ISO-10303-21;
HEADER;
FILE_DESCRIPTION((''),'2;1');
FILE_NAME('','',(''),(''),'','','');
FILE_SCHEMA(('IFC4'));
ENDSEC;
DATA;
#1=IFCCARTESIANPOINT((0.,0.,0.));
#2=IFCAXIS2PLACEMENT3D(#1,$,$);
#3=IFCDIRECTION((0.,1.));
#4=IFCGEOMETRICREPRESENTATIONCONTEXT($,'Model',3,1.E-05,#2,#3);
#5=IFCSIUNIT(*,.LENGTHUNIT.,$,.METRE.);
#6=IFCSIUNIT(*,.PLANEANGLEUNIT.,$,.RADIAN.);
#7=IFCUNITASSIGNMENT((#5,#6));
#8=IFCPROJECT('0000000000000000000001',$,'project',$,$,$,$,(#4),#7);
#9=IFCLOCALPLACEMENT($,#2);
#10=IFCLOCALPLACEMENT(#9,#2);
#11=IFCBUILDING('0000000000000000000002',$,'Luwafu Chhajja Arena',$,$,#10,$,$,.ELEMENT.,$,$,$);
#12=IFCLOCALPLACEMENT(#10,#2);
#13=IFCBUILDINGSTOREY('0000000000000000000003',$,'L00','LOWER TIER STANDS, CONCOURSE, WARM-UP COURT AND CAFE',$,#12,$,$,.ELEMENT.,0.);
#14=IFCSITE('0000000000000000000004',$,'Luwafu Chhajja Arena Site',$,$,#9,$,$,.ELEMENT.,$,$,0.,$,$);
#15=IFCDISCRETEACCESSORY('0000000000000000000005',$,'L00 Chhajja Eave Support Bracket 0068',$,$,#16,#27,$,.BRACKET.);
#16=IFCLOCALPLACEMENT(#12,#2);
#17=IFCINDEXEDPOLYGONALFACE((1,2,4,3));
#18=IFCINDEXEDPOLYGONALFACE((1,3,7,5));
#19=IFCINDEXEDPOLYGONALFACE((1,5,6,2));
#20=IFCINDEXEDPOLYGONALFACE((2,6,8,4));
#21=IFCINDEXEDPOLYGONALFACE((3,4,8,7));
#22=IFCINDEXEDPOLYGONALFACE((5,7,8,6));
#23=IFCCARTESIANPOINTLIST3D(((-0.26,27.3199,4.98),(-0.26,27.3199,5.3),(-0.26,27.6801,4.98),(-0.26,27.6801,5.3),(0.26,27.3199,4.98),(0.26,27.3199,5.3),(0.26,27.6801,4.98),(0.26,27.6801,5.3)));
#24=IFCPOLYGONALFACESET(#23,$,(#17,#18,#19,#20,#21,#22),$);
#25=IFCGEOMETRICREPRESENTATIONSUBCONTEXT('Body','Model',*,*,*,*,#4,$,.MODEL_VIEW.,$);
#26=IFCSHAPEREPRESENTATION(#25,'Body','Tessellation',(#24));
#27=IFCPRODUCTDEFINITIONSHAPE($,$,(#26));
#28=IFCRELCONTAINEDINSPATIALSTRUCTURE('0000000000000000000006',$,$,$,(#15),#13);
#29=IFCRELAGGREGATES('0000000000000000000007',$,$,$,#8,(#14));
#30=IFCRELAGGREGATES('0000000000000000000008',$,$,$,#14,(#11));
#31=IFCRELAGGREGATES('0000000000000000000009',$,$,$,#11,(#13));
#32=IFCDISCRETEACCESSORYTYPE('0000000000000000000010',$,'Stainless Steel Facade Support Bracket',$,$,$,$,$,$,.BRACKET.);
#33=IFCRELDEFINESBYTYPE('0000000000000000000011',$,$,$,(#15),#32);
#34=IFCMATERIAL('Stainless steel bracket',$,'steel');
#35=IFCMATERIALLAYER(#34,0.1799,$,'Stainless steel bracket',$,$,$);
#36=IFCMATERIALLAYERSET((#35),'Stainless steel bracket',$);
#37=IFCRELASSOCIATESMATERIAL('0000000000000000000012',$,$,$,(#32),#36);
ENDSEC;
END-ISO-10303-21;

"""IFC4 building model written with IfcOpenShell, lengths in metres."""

from ifc_helpers import new_model, si_unit, direction, frame, origin, origin_2d, place, context, subcontext, project, spatial, rectangle, extrude, material, layer, layer_set, type_object, element, save


model = new_model("IFC4")

# Units and contexts
model_context = context("Model", 3, precision=1e-05, world=origin(), true_north=direction((0.0, 1.0)))
body_context = subcontext(model_context, "Body", "Model", "MODEL_VIEW")
ifc_project = project(units=[si_unit("LENGTHUNIT", "METRE"), si_unit("PLANEANGLEUNIT", "RADIAN")], contexts=[model_context])

# Site, building, storey
site_placement = place(None, origin())
site = spatial("IfcSite", under=ifc_project, at=site_placement, Name="Luwafu Chhajja Arena Site", CompositionType="ELEMENT", RefElevation=0.0)
building_placement = place(site_placement, origin())
building = spatial("IfcBuilding", under=site, at=building_placement, Name="Luwafu Chhajja Arena", CompositionType="ELEMENT")
storey_placement = place(building_placement, origin())
storey = spatial("IfcBuildingStorey", under=building, at=storey_placement, Name="L00", Description="LOWER TIER STANDS, CONCOURSE, WARM-UP COURT AND CAFE", CompositionType="ELEMENT", Elevation=0.0)

# Discrete accessory
ifc_material_1 = material(Name="Stainless steel bracket", Category="steel")
ifc_layer_1 = layer(ifc_material_1, 0.1799, Name="Stainless steel bracket")
ifc_layer_set_1 = layer_set([ifc_layer_1], Name="Stainless steel bracket")
discrete_accessory_type = type_object("IfcDiscreteAccessoryType", Name="Stainless Steel Facade Support Bracket", PredefinedType="BRACKET", material=ifc_layer_set_1)
discrete_accessory_placement = place(storey_placement, frame((0.0, 27.5, 4.98), z_axis=(0.0, 0.0, 1.0), x_axis=(0.0, 1.0, 0.0)))
element("IfcDiscreteAccessory", 1, at=discrete_accessory_placement, inside=storey, type_object=discrete_accessory_type, Name="L00 Chhajja Eave Support Bracket 0068", PredefinedType="BRACKET", context=body_context, shape_type="SweptSolid", body=[
    extrude(rectangle(XDim=0.3601, YDim=0.52, at=origin_2d()), origin(), (0.0, 0.0, 1.0), 0.3201),
])

save(model, "model.ifc")
